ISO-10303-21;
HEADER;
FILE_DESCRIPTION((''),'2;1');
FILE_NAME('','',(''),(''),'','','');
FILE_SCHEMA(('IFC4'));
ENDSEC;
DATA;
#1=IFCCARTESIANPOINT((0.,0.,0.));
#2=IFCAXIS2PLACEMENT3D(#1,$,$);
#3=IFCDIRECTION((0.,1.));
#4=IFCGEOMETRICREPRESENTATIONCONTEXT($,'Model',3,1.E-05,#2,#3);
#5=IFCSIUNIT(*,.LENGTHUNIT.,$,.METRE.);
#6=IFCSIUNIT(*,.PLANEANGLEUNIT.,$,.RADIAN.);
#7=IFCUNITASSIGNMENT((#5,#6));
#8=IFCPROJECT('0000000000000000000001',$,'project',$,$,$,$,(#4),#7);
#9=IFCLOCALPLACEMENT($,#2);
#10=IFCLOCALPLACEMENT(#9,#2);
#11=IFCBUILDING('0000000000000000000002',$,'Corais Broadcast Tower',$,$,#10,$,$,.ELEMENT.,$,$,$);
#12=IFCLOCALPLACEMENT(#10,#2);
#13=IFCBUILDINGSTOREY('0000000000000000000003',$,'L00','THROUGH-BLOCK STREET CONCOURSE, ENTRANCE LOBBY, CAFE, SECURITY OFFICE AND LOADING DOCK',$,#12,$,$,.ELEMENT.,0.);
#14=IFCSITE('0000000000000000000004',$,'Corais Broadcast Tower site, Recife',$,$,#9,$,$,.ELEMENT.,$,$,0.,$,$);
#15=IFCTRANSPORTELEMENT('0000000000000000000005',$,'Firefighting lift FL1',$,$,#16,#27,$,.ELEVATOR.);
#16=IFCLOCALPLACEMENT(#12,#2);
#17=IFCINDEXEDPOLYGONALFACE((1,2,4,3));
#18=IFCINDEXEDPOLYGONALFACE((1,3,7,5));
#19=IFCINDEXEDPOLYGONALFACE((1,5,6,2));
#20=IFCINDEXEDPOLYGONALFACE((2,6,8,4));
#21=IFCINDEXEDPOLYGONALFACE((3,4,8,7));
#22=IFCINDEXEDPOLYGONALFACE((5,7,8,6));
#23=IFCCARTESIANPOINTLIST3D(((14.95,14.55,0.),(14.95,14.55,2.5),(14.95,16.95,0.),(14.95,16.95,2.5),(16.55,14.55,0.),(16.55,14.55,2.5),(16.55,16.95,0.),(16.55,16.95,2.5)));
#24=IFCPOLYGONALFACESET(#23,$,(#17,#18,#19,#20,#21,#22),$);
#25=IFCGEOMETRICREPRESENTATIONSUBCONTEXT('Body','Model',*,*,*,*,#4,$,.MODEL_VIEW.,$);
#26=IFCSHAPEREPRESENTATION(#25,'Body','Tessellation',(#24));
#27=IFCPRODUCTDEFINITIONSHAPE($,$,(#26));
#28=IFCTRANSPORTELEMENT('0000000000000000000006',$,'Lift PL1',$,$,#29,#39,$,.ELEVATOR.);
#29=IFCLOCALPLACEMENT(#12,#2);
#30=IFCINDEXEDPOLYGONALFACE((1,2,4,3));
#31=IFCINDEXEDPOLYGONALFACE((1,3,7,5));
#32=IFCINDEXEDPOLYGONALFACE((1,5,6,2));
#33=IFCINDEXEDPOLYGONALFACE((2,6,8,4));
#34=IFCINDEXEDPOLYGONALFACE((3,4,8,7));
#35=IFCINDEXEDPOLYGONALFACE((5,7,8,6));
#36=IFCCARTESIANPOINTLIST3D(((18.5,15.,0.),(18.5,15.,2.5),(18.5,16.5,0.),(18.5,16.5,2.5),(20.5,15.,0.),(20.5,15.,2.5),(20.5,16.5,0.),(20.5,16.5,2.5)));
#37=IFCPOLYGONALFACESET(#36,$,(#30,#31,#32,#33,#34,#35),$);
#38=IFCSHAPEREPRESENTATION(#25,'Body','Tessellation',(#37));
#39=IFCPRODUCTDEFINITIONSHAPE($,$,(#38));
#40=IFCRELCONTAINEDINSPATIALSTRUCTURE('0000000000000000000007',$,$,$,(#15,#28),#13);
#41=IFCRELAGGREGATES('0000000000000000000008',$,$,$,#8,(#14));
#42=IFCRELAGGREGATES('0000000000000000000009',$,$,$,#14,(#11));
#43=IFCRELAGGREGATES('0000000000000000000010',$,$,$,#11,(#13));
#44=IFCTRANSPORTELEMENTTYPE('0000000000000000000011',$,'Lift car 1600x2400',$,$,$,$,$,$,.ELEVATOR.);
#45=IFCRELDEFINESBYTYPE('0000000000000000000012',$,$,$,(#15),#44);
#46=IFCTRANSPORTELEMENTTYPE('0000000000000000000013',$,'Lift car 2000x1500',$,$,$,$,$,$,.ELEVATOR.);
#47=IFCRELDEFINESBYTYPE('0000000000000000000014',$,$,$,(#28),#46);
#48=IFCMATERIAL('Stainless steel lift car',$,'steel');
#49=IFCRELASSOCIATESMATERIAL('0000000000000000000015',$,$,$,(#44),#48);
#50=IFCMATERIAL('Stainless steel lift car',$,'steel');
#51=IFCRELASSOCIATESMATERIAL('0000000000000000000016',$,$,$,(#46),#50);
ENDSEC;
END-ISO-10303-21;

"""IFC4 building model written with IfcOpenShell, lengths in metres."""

from ifc_helpers import new_model, si_unit, direction, frame, origin, origin_2d, place, context, subcontext, project, spatial, rectangle, extrude, material, type_object, element, save


model = new_model("IFC4")

# Units and contexts
model_context = context("Model", 3, precision=1e-05, world=origin(), true_north=direction((0.0, 1.0)))
body_context = subcontext(model_context, "Body", "Model", "MODEL_VIEW")
ifc_project = project(units=[si_unit("LENGTHUNIT", "METRE"), si_unit("PLANEANGLEUNIT", "RADIAN")], contexts=[model_context])

# Site, building, storey
site_placement = place(None, origin())
site = spatial("IfcSite", under=ifc_project, at=site_placement, Name="Corais Broadcast Tower site, Recife", CompositionType="ELEMENT", RefElevation=0.0)
building_placement = place(site_placement, origin())
building = spatial("IfcBuilding", under=site, at=building_placement, Name="Corais Broadcast Tower", CompositionType="ELEMENT")
storey_placement = place(building_placement, origin())
storey = spatial("IfcBuildingStorey", under=building, at=storey_placement, Name="L00", Description="THROUGH-BLOCK STREET CONCOURSE, ENTRANCE LOBBY, CAFE, SECURITY OFFICE AND LOADING DOCK", CompositionType="ELEMENT", Elevation=0.0)

# Transport elements
ifc_material_1 = material(Name="Stainless steel lift car", Category="steel")
transport_element_type_1 = type_object("IfcTransportElementType", Name="Lift car 1600x2400", PredefinedType="ELEVATOR", material=ifc_material_1)
transport_element_1_placement = place(storey_placement, frame((15.75, 15.75, 0.0), z_axis=(0.0, 0.0, 1.0), x_axis=(1.0, 0.0, 0.0)))
element("IfcTransportElement", 1, at=transport_element_1_placement, inside=storey, type_object=transport_element_type_1, Name="Firefighting lift FL1", PredefinedType="ELEVATOR", context=body_context, shape_type="SweptSolid", body=[
    extrude(rectangle(XDim=1.6001, YDim=2.3999, at=origin_2d()), origin(), (0.0, 0.0, 1.0), 2.5),
])
ifc_material_2 = material(Name="Stainless steel lift car", Category="steel")
transport_element_type_2 = type_object("IfcTransportElementType", Name="Lift car 2000x1500", PredefinedType="ELEVATOR", material=ifc_material_2)
transport_element_2_placement = place(storey_placement, frame((19.5, 15.75, 0.0), z_axis=(0.0, 0.0, 1.0), x_axis=(1.0, 0.0, 0.0)))
element("IfcTransportElement", 2, at=transport_element_2_placement, inside=storey, type_object=transport_element_type_2, Name="Lift PL1", PredefinedType="ELEVATOR", context=body_context, shape_type="SweptSolid", body=[
    extrude(rectangle(XDim=2.0, YDim=1.5, at=origin_2d()), origin(), (0.0, 0.0, 1.0), 2.5),
])

save(model, "model.ifc")
